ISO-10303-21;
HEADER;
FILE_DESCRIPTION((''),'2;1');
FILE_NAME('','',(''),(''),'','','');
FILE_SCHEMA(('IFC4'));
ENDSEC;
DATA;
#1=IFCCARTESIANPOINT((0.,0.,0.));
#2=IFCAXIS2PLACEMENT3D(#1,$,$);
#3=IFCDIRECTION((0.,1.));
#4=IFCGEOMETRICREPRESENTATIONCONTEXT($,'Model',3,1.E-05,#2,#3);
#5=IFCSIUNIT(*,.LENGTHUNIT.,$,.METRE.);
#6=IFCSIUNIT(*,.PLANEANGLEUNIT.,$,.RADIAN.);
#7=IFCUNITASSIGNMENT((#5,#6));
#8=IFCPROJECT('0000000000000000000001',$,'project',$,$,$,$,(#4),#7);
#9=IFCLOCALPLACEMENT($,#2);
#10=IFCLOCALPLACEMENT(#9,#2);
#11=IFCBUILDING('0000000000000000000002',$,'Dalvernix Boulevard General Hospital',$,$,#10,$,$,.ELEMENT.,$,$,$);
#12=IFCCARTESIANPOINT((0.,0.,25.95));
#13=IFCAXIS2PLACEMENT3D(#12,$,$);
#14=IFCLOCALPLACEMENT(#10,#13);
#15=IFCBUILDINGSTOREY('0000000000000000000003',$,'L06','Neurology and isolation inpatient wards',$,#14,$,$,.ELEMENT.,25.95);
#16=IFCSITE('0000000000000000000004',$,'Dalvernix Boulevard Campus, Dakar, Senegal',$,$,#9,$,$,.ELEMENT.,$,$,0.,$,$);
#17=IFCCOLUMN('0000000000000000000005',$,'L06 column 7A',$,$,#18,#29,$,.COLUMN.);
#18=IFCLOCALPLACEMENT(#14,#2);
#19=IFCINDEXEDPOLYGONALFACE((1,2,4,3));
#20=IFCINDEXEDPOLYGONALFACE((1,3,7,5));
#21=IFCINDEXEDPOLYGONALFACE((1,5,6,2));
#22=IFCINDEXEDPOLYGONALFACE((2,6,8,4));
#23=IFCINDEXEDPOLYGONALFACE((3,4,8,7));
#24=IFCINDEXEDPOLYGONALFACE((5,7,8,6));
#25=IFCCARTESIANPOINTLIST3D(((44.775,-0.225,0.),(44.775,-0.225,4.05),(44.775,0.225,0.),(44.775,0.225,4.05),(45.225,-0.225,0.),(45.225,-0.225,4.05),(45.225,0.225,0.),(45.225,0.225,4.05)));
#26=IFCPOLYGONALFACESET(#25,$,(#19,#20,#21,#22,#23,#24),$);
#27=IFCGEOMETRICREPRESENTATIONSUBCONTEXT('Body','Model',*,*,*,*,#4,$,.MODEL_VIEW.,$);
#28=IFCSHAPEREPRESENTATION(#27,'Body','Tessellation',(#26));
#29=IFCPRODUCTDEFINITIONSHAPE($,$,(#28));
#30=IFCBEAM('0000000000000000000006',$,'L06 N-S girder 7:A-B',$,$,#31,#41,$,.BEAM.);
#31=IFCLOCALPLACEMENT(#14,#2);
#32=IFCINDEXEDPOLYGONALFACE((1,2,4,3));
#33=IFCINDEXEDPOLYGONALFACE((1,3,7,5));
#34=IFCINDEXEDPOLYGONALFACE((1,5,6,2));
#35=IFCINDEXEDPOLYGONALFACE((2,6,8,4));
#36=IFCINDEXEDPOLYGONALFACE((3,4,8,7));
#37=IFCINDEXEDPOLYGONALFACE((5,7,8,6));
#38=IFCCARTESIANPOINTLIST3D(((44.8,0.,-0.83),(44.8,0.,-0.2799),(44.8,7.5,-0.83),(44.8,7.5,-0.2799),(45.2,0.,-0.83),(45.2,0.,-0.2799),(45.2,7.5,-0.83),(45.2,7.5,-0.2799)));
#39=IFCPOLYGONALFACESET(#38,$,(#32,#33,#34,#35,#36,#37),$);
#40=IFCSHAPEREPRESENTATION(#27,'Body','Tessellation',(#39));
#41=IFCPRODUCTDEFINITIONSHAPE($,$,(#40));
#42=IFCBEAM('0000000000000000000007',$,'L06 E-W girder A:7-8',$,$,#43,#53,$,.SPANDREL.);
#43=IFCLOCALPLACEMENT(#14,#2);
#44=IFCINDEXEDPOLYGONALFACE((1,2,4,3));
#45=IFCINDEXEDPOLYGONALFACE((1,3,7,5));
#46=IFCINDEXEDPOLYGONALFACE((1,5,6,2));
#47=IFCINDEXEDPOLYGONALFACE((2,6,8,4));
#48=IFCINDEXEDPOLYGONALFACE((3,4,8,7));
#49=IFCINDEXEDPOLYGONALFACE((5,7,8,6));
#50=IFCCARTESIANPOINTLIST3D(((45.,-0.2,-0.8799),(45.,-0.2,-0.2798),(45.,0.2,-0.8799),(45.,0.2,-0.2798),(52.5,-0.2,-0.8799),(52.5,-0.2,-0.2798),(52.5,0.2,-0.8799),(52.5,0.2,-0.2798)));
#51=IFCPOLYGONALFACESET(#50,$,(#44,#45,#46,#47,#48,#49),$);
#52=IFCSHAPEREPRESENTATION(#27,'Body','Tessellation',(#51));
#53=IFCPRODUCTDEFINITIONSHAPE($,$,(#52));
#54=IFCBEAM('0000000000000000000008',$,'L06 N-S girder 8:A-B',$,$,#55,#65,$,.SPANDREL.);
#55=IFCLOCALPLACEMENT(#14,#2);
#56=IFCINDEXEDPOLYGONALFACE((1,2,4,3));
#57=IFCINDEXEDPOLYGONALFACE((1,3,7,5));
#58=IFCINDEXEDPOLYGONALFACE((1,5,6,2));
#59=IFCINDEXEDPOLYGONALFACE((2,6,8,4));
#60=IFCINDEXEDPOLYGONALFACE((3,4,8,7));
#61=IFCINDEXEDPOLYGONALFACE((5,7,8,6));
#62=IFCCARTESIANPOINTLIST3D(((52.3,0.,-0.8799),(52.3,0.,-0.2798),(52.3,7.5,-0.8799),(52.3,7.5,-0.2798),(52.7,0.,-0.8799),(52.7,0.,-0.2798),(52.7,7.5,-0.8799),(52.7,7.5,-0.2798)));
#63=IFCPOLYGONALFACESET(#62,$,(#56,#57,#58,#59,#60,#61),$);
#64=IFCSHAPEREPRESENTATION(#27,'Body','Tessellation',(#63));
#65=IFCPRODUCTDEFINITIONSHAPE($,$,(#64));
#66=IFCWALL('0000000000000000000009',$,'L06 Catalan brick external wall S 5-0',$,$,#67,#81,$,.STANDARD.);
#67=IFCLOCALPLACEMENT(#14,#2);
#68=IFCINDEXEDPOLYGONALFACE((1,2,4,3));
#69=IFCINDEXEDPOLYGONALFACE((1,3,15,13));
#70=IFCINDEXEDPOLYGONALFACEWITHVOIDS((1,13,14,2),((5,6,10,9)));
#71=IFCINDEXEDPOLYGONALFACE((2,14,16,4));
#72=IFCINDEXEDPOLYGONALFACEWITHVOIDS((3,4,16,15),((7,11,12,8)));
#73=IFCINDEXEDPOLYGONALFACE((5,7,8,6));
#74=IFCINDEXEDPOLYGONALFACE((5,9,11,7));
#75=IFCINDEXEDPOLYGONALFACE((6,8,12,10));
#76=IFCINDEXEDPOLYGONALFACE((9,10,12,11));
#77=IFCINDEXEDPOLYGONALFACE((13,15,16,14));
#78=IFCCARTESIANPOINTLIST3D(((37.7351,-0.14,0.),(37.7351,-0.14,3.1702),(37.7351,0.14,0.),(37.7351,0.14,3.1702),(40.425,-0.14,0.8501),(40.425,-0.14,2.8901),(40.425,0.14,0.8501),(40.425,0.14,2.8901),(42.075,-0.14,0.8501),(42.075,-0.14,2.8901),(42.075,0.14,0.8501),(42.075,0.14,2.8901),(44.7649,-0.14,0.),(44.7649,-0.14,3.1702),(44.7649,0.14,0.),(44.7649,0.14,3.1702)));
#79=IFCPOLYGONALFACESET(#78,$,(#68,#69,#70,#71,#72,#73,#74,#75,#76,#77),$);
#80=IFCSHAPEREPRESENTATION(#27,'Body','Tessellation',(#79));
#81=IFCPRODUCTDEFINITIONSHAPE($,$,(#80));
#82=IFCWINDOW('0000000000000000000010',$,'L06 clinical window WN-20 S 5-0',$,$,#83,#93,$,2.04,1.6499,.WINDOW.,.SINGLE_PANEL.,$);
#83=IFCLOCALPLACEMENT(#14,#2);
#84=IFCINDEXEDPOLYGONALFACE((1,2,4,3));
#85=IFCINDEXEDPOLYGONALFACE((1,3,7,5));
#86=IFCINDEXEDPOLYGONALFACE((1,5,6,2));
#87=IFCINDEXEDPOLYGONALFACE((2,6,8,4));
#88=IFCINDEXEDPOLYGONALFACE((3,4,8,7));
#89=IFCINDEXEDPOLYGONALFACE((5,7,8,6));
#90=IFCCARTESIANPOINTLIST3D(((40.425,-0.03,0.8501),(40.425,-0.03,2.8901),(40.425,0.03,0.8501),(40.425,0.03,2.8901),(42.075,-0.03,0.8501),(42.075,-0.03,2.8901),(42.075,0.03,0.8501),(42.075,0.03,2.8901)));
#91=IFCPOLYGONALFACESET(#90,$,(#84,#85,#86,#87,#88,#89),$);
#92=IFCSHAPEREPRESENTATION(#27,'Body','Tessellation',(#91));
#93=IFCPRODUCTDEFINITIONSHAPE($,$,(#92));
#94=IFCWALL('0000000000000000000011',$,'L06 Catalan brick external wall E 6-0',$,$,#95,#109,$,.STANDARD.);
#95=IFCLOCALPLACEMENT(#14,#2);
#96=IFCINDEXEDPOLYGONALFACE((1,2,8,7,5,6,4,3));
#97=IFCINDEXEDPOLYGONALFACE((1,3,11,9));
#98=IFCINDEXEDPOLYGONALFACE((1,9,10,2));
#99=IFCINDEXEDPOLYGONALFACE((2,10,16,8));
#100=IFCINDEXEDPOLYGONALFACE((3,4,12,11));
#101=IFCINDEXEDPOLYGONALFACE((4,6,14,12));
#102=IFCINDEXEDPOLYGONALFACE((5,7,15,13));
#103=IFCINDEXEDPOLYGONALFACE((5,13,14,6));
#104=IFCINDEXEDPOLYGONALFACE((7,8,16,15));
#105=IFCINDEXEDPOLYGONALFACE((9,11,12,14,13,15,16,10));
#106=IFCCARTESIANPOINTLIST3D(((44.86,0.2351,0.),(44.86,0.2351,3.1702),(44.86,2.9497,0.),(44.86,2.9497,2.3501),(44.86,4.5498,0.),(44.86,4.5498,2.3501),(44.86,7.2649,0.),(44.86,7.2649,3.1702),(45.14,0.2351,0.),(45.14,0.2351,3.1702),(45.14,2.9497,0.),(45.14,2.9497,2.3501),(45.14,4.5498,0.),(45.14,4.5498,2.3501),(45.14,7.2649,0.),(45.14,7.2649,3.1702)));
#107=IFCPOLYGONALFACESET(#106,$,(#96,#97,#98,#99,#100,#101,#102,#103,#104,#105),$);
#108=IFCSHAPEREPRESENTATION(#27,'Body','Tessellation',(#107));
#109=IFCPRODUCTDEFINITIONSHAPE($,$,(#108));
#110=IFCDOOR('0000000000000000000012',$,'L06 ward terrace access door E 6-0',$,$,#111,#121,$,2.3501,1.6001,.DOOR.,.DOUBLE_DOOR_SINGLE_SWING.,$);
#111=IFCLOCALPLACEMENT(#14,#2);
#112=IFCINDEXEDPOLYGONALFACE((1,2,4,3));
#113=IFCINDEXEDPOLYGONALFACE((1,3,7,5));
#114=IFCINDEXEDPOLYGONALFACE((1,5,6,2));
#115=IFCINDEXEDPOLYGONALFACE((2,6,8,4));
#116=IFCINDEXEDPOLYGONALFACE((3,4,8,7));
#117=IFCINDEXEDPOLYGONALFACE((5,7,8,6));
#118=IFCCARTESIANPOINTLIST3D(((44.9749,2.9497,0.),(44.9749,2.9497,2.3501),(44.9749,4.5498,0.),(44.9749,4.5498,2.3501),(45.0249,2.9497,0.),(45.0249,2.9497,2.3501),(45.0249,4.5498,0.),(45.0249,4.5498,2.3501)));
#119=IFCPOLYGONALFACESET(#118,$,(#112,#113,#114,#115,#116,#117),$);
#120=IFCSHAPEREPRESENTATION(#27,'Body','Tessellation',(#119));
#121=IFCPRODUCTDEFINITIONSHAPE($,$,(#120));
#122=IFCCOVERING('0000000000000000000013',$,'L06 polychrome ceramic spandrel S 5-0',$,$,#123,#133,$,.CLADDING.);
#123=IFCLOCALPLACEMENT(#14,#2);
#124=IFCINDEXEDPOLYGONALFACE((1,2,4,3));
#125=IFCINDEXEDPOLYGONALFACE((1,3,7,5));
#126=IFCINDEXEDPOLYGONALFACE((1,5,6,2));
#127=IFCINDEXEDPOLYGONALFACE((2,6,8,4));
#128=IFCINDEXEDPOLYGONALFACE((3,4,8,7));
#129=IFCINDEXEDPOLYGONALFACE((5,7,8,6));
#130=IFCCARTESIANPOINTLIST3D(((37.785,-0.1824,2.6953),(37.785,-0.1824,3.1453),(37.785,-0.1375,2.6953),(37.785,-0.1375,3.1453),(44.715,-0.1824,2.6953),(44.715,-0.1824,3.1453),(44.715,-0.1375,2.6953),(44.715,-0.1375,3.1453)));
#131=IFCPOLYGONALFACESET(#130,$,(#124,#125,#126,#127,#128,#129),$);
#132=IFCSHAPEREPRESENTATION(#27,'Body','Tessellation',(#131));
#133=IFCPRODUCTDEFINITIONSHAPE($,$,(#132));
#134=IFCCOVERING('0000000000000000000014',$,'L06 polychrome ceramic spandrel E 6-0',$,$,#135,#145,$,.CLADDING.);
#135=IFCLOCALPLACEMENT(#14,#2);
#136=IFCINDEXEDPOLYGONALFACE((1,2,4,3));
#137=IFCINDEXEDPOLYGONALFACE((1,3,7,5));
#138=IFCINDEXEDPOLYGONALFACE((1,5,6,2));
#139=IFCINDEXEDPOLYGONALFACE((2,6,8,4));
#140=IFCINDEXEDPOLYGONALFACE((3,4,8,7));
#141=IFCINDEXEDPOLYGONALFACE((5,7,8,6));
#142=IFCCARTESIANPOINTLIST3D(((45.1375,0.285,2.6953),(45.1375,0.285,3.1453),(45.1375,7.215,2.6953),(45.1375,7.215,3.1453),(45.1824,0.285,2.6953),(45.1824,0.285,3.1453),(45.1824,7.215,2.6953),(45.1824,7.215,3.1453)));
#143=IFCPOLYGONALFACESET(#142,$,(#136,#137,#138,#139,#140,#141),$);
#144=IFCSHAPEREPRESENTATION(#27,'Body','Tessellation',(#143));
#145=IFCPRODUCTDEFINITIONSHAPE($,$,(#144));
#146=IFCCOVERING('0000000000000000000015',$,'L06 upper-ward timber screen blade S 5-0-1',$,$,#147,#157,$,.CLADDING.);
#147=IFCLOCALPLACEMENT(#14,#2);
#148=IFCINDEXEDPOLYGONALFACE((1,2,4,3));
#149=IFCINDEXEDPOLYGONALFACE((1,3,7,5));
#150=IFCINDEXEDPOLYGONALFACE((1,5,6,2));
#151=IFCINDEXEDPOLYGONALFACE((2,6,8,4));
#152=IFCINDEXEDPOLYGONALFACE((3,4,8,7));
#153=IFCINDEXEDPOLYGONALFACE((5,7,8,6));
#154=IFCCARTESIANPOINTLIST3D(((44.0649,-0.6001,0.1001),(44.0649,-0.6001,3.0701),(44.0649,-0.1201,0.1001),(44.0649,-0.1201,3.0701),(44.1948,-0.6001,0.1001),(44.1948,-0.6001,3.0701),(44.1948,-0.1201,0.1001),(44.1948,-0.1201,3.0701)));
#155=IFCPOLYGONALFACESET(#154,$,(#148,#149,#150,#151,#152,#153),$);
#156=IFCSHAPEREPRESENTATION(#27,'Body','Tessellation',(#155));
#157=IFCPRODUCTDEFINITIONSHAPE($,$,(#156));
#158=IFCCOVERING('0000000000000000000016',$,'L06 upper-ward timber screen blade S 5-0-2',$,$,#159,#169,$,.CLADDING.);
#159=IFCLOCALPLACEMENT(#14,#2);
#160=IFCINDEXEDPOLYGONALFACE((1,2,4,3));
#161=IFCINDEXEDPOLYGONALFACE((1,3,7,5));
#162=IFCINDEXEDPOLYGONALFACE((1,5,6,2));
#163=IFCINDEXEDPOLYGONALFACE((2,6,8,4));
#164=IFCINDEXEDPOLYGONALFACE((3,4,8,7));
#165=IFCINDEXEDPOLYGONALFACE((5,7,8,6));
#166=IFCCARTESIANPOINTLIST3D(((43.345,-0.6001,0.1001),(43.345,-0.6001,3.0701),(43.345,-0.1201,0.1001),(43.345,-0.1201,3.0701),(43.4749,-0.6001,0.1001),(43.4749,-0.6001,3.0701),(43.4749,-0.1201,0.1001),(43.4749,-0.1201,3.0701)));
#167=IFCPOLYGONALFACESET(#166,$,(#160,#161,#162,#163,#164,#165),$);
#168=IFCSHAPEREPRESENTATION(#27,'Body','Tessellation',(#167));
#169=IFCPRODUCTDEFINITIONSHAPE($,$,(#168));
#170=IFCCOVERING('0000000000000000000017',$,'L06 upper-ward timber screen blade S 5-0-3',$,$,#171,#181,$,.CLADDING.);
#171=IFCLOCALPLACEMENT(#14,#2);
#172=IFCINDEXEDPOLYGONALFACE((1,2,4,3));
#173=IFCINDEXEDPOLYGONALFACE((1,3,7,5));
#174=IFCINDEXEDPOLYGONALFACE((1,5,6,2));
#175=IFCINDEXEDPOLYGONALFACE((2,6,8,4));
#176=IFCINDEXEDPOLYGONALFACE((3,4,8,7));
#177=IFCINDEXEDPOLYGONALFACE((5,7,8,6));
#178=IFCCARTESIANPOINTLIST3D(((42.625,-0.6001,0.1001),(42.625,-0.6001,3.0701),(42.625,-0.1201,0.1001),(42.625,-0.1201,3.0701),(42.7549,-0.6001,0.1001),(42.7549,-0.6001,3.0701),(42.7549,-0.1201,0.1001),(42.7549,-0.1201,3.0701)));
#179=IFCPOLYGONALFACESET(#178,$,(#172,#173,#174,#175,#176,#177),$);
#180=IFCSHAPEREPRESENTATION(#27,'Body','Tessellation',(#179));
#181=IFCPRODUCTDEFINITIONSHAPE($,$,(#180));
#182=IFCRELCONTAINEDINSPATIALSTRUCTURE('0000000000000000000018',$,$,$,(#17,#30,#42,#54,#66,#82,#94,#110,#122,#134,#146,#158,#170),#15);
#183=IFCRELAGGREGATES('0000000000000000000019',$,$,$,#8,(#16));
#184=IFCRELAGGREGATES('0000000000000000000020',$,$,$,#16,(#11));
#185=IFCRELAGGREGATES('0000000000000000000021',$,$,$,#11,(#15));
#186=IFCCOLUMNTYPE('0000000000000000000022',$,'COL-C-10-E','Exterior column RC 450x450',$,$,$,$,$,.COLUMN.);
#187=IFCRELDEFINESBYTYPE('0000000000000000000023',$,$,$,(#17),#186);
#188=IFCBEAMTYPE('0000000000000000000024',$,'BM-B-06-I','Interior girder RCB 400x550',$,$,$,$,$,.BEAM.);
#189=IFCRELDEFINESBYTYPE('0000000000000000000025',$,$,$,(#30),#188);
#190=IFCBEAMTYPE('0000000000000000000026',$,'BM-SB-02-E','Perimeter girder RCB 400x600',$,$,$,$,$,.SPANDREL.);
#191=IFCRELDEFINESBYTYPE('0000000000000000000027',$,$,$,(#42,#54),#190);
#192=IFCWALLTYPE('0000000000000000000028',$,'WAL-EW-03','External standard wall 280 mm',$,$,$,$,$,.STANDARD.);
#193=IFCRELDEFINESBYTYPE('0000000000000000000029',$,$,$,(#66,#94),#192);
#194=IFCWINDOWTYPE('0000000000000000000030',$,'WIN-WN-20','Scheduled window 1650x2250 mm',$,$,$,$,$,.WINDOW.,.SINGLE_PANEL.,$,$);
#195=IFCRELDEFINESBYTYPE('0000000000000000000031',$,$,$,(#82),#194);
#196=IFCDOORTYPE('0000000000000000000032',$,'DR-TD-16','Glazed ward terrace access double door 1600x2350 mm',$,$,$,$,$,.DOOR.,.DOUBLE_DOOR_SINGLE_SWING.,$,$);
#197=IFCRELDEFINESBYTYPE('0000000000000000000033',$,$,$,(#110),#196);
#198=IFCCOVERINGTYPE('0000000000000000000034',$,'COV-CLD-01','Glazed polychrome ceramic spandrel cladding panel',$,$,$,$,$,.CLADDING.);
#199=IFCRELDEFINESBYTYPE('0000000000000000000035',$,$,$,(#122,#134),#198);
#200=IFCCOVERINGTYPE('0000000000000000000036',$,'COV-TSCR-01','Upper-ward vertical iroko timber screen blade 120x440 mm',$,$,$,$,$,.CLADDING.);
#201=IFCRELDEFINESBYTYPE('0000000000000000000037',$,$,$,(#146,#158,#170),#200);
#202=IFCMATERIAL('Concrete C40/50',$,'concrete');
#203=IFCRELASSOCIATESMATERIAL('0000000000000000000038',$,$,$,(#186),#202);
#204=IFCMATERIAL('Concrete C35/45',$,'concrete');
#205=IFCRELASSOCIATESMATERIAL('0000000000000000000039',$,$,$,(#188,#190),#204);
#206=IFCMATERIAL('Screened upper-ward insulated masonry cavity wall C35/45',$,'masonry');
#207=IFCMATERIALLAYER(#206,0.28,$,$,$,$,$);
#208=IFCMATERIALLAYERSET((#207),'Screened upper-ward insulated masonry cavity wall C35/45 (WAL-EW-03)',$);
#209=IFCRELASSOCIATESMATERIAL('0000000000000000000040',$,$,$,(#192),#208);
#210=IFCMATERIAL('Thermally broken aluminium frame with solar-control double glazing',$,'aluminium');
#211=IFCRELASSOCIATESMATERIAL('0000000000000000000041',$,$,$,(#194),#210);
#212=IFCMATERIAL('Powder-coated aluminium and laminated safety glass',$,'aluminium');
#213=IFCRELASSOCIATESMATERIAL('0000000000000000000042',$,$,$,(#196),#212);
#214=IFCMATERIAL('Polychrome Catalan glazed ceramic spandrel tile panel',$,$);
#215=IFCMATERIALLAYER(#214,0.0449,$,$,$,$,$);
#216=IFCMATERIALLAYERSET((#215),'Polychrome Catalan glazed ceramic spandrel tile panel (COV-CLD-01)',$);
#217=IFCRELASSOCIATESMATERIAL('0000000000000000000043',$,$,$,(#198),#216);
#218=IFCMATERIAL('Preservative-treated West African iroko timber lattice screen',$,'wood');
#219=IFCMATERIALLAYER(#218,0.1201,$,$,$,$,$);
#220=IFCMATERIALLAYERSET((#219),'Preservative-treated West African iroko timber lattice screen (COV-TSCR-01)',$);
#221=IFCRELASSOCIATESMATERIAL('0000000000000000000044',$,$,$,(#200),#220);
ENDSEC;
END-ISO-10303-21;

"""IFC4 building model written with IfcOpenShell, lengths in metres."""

from ifc_helpers import new_model, si_unit, direction, frame, frame_2d, origin, origin_2d, place, context, subcontext, project, spatial, rectangle, extrude, material, layer, layer_set, material_profile, profile_set, type_object, element, fill, save


model = new_model("IFC4")

# Units and contexts
model_context = context("Model", 3, precision=1e-05, world=origin(), true_north=direction((0.0, 1.0)))
body_context = subcontext(model_context, "Body", "Model", "MODEL_VIEW")
ifc_project = project(units=[si_unit("LENGTHUNIT", "METRE"), si_unit("PLANEANGLEUNIT", "RADIAN")], contexts=[model_context])

# Site, building, storey
site_placement = place(None, origin())
site = spatial("IfcSite", under=ifc_project, at=site_placement, Name="Dalvernix Boulevard Campus, Dakar, Senegal", CompositionType="ELEMENT", RefElevation=0.0)
building_placement = place(site_placement, origin())
building = spatial("IfcBuilding", under=site, at=building_placement, Name="Dalvernix Boulevard General Hospital", CompositionType="ELEMENT")
storey_placement = place(building_placement, frame((0.0, 0.0, 25.95)))
storey = spatial("IfcBuildingStorey", under=building, at=storey_placement, Name="L06", Description="Neurology and isolation inpatient wards", CompositionType="ELEMENT", Elevation=25.95)

# Column
ifc_material_1 = material(Name="Concrete C40/50", Category="concrete")
ifc_material_profile_1 = material_profile(ifc_material_1, rectangle(XDim=0.45, YDim=0.45, at=origin_2d()), Name="RC 450x450")
ifc_profile_set_1 = profile_set([ifc_material_profile_1], Name="Concrete C40/50")
column_type = type_object("IfcColumnType", Name="COL-C-10-E", Description="Exterior column RC 450x450", PredefinedType="COLUMN", material=ifc_profile_set_1)
column_placement = place(storey_placement, frame((45.0, 0.0, 0.0), z_axis=(0.0, 0.0, 1.0), x_axis=(1.0, 0.0, 0.0)))
element("IfcColumn", 1, at=column_placement, inside=storey, type_object=column_type, Name="L06 column 7A", PredefinedType="COLUMN", context=body_context, shape_type="SweptSolid", body=[
    extrude(rectangle(XDim=0.45, YDim=0.45, at=origin_2d()), origin(), (0.0, 0.0, 1.0), 4.05),
])

# Beams
ifc_material_2 = material(Name="Concrete C35/45", Category="concrete")
ifc_material_profile_2 = material_profile(ifc_material_2, rectangle(XDim=0.3999, YDim=0.55, at=origin_2d()), Name="RCB 400x550")
ifc_profile_set_2 = profile_set([ifc_material_profile_2], Name="Concrete C35/45")
beam_type_1 = type_object("IfcBeamType", Name="BM-B-06-I", Description="Interior girder RCB 400x550", PredefinedType="BEAM", material=ifc_profile_set_2)
beam_placement = place(storey_placement, frame((45.0, 0.0, -0.5549), z_axis=(0.0, 1.0, 0.0), x_axis=(-1.0, 0.0, 0.0)))
element("IfcBeam", 2, at=beam_placement, inside=storey, type_object=beam_type_1, Name="L06 N-S girder 7:A-B", PredefinedType="BEAM", context=body_context, shape_type="SweptSolid", body=[
    extrude(rectangle(XDim=0.3999, YDim=0.55, at=origin_2d()), origin(), (0.0, 0.0, 1.0), 7.5),
])
ifc_material_profile_3 = material_profile(ifc_material_2, rectangle(XDim=0.3999, YDim=0.6001, at=origin_2d()), Name="RCB 400x600")
ifc_profile_set_3 = profile_set([ifc_material_profile_3], Name="Concrete C35/45")
beam_type_2 = type_object("IfcBeamType", Name="BM-SB-02-E", Description="Perimeter girder RCB 400x600", PredefinedType="SPANDREL", material=ifc_profile_set_3)
for number, where, z_axis, x_axis, name in (
    (3, (45.0, 0.0, -0.5798), (1.0, 0.0, 0.0), (0.0, 1.0, 0.0), "L06 E-W girder A:7-8"),
    (4, (52.5, 0.0, -0.5798), (0.0, 1.0, 0.0), (-1.0, 0.0, 0.0), "L06 N-S girder 8:A-B"),
):
    element("IfcBeam", number, at=place(storey_placement, frame(where, z_axis=z_axis, x_axis=x_axis)), inside=storey, type_object=beam_type_2, Name=name, PredefinedType="SPANDREL", context=body_context, shape_type="SweptSolid", body=[
        extrude(rectangle(XDim=0.3999, YDim=0.6001, at=origin_2d()), origin(), (0.0, 0.0, 1.0), 7.5),
    ])

# Wall, opening, window
ifc_material_3 = material(Name="Screened upper-ward insulated masonry cavity wall C35/45", Category="masonry")
ifc_layer_1 = layer(ifc_material_3, 0.28)
ifc_layer_set_1 = layer_set([ifc_layer_1], Name="Screened upper-ward insulated masonry cavity wall C35/45 (WAL-EW-03)")
wall_type = type_object("IfcWallType", Name="WAL-EW-03", Description="External standard wall 280 mm", PredefinedType="STANDARD", material=ifc_layer_set_1)
wall_1_placement = place(storey_placement, frame((44.7649, 0.0, 0.0), z_axis=(0.0, 0.0, 1.0), x_axis=(-1.0, 0.0, 0.0)))
wall_1 = element("IfcWall", 5, at=wall_1_placement, inside=storey, type_object=wall_type, Name="L06 Catalan brick external wall S 5-0", PredefinedType="STANDARD", context=body_context, shape_type="SweptSolid", body=[
    extrude(rectangle(XDim=7.0298, YDim=0.28, at=frame_2d((3.5149, 0.0))), origin(), (0.0, 0.0, 1.0), 3.1702),
])
opening_1_placement = place(wall_1_placement, frame((2.6899, 0.0, 0.8501)))
opening_1 = element("IfcOpeningElement", 6, at=opening_1_placement, cuts=wall_1, PredefinedType="OPENING", context=body_context, shape_type="SweptSolid", body=[
    extrude(rectangle(XDim=1.6499, YDim=2.04, at=frame_2d((0.825, 1.02))), frame((0.0, 0.1499, 0.0), z_axis=(0.0, -1.0, 0.0), x_axis=(1.0, 0.0, 0.0)), (0.0, 0.0, 1.0), 0.3),
])
ifc_material_4 = material(Name="Thermally broken aluminium frame with solar-control double glazing", Category="aluminium")
window_type = type_object("IfcWindowType", Name="WIN-WN-20", Description="Scheduled window 1650x2250 mm", PartitioningType="SINGLE_PANEL", PredefinedType="WINDOW", material=ifc_material_4)
window_placement = place(opening_1_placement, origin())
window = element("IfcWindow", 7, at=window_placement, inside=storey, type_object=window_type, Name="L06 clinical window WN-20 S 5-0", OverallHeight=2.04, OverallWidth=1.6499, PartitioningType="SINGLE_PANEL", PredefinedType="WINDOW", context=body_context, shape_type="SweptSolid", body=[
    extrude(rectangle(XDim=1.6499, YDim=2.04, at=frame_2d((0.825, 1.02))), frame((0.0, 0.03, 0.0), z_axis=(0.0, -1.0, 0.0), x_axis=(1.0, 0.0, 0.0)), (0.0, 0.0, 1.0), 0.0601),
])
fill(opening_1, window)

# Wall, opening, door
wall_2_placement = place(storey_placement, frame((45.0, 7.2649, 0.0), z_axis=(0.0, 0.0, 1.0), x_axis=(0.0, -1.0, 0.0)))
wall_2 = element("IfcWall", 8, at=wall_2_placement, inside=storey, type_object=wall_type, Name="L06 Catalan brick external wall E 6-0", PredefinedType="STANDARD", context=body_context, shape_type="SweptSolid", body=[
    extrude(rectangle(XDim=7.0298, YDim=0.28, at=frame_2d((3.5149, 0.0))), origin(), (0.0, 0.0, 1.0), 3.1702),
])
opening_2_placement = place(wall_2_placement, frame((2.7151, 0.0, 0.0)))
opening_2 = element("IfcOpeningElement", 9, at=opening_2_placement, cuts=wall_2, PredefinedType="OPENING", context=body_context, shape_type="SweptSolid", body=[
    extrude(rectangle(XDim=1.6001, YDim=2.3501, at=frame_2d((0.8, 1.175))), frame((0.0, 0.1499, 0.0), z_axis=(0.0, -1.0, 0.0), x_axis=(1.0, 0.0, 0.0)), (0.0, 0.0, 1.0), 0.3),
])
ifc_material_5 = material(Name="Powder-coated aluminium and laminated safety glass", Category="aluminium")
door_type = type_object("IfcDoorType", Name="DR-TD-16", Description="Glazed ward terrace access double door 1600x2350 mm", OperationType="DOUBLE_DOOR_SINGLE_SWING", PredefinedType="DOOR", material=ifc_material_5)
door_placement = place(opening_2_placement, origin())
door = element("IfcDoor", 10, at=door_placement, inside=storey, type_object=door_type, Name="L06 ward terrace access door E 6-0", OperationType="DOUBLE_DOOR_SINGLE_SWING", OverallHeight=2.3501, OverallWidth=1.6001, PredefinedType="DOOR", context=body_context, shape_type="SweptSolid", body=[
    extrude(rectangle(XDim=1.6001, YDim=2.3501, at=frame_2d((0.8, 1.175))), frame((0.0, 0.0249, 0.0), z_axis=(0.0, -1.0, 0.0), x_axis=(1.0, 0.0, 0.0)), (0.0, 0.0, 1.0), 0.05),
])
fill(opening_2, door)

# Coverings
ifc_material_6 = material(Name="Polychrome Catalan glazed ceramic spandrel tile panel")
ifc_layer_2 = layer(ifc_material_6, 0.0449)
ifc_layer_set_2 = layer_set([ifc_layer_2], Name="Polychrome Catalan glazed ceramic spandrel tile panel (COV-CLD-01)")
covering_type_1 = type_object("IfcCoveringType", Name="COV-CLD-01", Description="Glazed polychrome ceramic spandrel cladding panel", PredefinedType="CLADDING", material=ifc_layer_set_2)
for number, where, z_axis, x_axis, name in (
    (11, (41.25, -0.1599, 2.6953), (0.0, 0.0, 1.0), (-1.0, 0.0, 0.0), "L06 polychrome ceramic spandrel S 5-0"),
    (12, (45.1599, 3.75, 2.6953), (0.0, 0.0, 1.0), (0.0, -1.0, 0.0), "L06 polychrome ceramic spandrel E 6-0"),
):
    element("IfcCovering", number, at=place(storey_placement, frame(where, z_axis=z_axis, x_axis=x_axis)), inside=storey, type_object=covering_type_1, Name=name, PredefinedType="CLADDING", context=body_context, shape_type="SweptSolid", body=[
        extrude(rectangle(XDim=6.9299, YDim=0.0449, at=origin_2d()), origin(), (0.0, 0.0, 1.0), 0.45),
    ])
ifc_material_7 = material(Name="Preservative-treated West African iroko timber lattice screen", Category="wood")
ifc_layer_3 = layer(ifc_material_7, 0.1201)
ifc_layer_set_3 = layer_set([ifc_layer_3], Name="Preservative-treated West African iroko timber lattice screen (COV-TSCR-01)")
covering_type_2 = type_object("IfcCoveringType", Name="COV-TSCR-01", Description="Upper-ward vertical iroko timber screen blade 120x440 mm", PredefinedType="CLADDING", material=ifc_layer_set_3)
for number, where, z_axis, x_axis, name in (
    (13, (44.1299, -0.3601, 0.1001), (0.0, 0.0, 1.0), (-1.0, 0.0, 0.0), "L06 upper-ward timber screen blade S 5-0-1"),
    (14, (43.4099, -0.3601, 0.1001), (0.0, 0.0, 1.0), (-1.0, 0.0, 0.0), "L06 upper-ward timber screen blade S 5-0-2"),
    (15, (42.6899, -0.3601, 0.1001), (0.0, 0.0, 1.0), (-1.0, 0.0, 0.0), "L06 upper-ward timber screen blade S 5-0-3"),
):
    element("IfcCovering", number, at=place(storey_placement, frame(where, z_axis=z_axis, x_axis=x_axis)), inside=storey, type_object=covering_type_2, Name=name, PredefinedType="CLADDING", context=body_context, shape_type="SweptSolid", body=[
        extrude(rectangle(XDim=0.1299, YDim=0.48, at=origin_2d()), origin(), (0.0, 0.0, 1.0), 2.97),
    ])

save(model, "model.ifc")
